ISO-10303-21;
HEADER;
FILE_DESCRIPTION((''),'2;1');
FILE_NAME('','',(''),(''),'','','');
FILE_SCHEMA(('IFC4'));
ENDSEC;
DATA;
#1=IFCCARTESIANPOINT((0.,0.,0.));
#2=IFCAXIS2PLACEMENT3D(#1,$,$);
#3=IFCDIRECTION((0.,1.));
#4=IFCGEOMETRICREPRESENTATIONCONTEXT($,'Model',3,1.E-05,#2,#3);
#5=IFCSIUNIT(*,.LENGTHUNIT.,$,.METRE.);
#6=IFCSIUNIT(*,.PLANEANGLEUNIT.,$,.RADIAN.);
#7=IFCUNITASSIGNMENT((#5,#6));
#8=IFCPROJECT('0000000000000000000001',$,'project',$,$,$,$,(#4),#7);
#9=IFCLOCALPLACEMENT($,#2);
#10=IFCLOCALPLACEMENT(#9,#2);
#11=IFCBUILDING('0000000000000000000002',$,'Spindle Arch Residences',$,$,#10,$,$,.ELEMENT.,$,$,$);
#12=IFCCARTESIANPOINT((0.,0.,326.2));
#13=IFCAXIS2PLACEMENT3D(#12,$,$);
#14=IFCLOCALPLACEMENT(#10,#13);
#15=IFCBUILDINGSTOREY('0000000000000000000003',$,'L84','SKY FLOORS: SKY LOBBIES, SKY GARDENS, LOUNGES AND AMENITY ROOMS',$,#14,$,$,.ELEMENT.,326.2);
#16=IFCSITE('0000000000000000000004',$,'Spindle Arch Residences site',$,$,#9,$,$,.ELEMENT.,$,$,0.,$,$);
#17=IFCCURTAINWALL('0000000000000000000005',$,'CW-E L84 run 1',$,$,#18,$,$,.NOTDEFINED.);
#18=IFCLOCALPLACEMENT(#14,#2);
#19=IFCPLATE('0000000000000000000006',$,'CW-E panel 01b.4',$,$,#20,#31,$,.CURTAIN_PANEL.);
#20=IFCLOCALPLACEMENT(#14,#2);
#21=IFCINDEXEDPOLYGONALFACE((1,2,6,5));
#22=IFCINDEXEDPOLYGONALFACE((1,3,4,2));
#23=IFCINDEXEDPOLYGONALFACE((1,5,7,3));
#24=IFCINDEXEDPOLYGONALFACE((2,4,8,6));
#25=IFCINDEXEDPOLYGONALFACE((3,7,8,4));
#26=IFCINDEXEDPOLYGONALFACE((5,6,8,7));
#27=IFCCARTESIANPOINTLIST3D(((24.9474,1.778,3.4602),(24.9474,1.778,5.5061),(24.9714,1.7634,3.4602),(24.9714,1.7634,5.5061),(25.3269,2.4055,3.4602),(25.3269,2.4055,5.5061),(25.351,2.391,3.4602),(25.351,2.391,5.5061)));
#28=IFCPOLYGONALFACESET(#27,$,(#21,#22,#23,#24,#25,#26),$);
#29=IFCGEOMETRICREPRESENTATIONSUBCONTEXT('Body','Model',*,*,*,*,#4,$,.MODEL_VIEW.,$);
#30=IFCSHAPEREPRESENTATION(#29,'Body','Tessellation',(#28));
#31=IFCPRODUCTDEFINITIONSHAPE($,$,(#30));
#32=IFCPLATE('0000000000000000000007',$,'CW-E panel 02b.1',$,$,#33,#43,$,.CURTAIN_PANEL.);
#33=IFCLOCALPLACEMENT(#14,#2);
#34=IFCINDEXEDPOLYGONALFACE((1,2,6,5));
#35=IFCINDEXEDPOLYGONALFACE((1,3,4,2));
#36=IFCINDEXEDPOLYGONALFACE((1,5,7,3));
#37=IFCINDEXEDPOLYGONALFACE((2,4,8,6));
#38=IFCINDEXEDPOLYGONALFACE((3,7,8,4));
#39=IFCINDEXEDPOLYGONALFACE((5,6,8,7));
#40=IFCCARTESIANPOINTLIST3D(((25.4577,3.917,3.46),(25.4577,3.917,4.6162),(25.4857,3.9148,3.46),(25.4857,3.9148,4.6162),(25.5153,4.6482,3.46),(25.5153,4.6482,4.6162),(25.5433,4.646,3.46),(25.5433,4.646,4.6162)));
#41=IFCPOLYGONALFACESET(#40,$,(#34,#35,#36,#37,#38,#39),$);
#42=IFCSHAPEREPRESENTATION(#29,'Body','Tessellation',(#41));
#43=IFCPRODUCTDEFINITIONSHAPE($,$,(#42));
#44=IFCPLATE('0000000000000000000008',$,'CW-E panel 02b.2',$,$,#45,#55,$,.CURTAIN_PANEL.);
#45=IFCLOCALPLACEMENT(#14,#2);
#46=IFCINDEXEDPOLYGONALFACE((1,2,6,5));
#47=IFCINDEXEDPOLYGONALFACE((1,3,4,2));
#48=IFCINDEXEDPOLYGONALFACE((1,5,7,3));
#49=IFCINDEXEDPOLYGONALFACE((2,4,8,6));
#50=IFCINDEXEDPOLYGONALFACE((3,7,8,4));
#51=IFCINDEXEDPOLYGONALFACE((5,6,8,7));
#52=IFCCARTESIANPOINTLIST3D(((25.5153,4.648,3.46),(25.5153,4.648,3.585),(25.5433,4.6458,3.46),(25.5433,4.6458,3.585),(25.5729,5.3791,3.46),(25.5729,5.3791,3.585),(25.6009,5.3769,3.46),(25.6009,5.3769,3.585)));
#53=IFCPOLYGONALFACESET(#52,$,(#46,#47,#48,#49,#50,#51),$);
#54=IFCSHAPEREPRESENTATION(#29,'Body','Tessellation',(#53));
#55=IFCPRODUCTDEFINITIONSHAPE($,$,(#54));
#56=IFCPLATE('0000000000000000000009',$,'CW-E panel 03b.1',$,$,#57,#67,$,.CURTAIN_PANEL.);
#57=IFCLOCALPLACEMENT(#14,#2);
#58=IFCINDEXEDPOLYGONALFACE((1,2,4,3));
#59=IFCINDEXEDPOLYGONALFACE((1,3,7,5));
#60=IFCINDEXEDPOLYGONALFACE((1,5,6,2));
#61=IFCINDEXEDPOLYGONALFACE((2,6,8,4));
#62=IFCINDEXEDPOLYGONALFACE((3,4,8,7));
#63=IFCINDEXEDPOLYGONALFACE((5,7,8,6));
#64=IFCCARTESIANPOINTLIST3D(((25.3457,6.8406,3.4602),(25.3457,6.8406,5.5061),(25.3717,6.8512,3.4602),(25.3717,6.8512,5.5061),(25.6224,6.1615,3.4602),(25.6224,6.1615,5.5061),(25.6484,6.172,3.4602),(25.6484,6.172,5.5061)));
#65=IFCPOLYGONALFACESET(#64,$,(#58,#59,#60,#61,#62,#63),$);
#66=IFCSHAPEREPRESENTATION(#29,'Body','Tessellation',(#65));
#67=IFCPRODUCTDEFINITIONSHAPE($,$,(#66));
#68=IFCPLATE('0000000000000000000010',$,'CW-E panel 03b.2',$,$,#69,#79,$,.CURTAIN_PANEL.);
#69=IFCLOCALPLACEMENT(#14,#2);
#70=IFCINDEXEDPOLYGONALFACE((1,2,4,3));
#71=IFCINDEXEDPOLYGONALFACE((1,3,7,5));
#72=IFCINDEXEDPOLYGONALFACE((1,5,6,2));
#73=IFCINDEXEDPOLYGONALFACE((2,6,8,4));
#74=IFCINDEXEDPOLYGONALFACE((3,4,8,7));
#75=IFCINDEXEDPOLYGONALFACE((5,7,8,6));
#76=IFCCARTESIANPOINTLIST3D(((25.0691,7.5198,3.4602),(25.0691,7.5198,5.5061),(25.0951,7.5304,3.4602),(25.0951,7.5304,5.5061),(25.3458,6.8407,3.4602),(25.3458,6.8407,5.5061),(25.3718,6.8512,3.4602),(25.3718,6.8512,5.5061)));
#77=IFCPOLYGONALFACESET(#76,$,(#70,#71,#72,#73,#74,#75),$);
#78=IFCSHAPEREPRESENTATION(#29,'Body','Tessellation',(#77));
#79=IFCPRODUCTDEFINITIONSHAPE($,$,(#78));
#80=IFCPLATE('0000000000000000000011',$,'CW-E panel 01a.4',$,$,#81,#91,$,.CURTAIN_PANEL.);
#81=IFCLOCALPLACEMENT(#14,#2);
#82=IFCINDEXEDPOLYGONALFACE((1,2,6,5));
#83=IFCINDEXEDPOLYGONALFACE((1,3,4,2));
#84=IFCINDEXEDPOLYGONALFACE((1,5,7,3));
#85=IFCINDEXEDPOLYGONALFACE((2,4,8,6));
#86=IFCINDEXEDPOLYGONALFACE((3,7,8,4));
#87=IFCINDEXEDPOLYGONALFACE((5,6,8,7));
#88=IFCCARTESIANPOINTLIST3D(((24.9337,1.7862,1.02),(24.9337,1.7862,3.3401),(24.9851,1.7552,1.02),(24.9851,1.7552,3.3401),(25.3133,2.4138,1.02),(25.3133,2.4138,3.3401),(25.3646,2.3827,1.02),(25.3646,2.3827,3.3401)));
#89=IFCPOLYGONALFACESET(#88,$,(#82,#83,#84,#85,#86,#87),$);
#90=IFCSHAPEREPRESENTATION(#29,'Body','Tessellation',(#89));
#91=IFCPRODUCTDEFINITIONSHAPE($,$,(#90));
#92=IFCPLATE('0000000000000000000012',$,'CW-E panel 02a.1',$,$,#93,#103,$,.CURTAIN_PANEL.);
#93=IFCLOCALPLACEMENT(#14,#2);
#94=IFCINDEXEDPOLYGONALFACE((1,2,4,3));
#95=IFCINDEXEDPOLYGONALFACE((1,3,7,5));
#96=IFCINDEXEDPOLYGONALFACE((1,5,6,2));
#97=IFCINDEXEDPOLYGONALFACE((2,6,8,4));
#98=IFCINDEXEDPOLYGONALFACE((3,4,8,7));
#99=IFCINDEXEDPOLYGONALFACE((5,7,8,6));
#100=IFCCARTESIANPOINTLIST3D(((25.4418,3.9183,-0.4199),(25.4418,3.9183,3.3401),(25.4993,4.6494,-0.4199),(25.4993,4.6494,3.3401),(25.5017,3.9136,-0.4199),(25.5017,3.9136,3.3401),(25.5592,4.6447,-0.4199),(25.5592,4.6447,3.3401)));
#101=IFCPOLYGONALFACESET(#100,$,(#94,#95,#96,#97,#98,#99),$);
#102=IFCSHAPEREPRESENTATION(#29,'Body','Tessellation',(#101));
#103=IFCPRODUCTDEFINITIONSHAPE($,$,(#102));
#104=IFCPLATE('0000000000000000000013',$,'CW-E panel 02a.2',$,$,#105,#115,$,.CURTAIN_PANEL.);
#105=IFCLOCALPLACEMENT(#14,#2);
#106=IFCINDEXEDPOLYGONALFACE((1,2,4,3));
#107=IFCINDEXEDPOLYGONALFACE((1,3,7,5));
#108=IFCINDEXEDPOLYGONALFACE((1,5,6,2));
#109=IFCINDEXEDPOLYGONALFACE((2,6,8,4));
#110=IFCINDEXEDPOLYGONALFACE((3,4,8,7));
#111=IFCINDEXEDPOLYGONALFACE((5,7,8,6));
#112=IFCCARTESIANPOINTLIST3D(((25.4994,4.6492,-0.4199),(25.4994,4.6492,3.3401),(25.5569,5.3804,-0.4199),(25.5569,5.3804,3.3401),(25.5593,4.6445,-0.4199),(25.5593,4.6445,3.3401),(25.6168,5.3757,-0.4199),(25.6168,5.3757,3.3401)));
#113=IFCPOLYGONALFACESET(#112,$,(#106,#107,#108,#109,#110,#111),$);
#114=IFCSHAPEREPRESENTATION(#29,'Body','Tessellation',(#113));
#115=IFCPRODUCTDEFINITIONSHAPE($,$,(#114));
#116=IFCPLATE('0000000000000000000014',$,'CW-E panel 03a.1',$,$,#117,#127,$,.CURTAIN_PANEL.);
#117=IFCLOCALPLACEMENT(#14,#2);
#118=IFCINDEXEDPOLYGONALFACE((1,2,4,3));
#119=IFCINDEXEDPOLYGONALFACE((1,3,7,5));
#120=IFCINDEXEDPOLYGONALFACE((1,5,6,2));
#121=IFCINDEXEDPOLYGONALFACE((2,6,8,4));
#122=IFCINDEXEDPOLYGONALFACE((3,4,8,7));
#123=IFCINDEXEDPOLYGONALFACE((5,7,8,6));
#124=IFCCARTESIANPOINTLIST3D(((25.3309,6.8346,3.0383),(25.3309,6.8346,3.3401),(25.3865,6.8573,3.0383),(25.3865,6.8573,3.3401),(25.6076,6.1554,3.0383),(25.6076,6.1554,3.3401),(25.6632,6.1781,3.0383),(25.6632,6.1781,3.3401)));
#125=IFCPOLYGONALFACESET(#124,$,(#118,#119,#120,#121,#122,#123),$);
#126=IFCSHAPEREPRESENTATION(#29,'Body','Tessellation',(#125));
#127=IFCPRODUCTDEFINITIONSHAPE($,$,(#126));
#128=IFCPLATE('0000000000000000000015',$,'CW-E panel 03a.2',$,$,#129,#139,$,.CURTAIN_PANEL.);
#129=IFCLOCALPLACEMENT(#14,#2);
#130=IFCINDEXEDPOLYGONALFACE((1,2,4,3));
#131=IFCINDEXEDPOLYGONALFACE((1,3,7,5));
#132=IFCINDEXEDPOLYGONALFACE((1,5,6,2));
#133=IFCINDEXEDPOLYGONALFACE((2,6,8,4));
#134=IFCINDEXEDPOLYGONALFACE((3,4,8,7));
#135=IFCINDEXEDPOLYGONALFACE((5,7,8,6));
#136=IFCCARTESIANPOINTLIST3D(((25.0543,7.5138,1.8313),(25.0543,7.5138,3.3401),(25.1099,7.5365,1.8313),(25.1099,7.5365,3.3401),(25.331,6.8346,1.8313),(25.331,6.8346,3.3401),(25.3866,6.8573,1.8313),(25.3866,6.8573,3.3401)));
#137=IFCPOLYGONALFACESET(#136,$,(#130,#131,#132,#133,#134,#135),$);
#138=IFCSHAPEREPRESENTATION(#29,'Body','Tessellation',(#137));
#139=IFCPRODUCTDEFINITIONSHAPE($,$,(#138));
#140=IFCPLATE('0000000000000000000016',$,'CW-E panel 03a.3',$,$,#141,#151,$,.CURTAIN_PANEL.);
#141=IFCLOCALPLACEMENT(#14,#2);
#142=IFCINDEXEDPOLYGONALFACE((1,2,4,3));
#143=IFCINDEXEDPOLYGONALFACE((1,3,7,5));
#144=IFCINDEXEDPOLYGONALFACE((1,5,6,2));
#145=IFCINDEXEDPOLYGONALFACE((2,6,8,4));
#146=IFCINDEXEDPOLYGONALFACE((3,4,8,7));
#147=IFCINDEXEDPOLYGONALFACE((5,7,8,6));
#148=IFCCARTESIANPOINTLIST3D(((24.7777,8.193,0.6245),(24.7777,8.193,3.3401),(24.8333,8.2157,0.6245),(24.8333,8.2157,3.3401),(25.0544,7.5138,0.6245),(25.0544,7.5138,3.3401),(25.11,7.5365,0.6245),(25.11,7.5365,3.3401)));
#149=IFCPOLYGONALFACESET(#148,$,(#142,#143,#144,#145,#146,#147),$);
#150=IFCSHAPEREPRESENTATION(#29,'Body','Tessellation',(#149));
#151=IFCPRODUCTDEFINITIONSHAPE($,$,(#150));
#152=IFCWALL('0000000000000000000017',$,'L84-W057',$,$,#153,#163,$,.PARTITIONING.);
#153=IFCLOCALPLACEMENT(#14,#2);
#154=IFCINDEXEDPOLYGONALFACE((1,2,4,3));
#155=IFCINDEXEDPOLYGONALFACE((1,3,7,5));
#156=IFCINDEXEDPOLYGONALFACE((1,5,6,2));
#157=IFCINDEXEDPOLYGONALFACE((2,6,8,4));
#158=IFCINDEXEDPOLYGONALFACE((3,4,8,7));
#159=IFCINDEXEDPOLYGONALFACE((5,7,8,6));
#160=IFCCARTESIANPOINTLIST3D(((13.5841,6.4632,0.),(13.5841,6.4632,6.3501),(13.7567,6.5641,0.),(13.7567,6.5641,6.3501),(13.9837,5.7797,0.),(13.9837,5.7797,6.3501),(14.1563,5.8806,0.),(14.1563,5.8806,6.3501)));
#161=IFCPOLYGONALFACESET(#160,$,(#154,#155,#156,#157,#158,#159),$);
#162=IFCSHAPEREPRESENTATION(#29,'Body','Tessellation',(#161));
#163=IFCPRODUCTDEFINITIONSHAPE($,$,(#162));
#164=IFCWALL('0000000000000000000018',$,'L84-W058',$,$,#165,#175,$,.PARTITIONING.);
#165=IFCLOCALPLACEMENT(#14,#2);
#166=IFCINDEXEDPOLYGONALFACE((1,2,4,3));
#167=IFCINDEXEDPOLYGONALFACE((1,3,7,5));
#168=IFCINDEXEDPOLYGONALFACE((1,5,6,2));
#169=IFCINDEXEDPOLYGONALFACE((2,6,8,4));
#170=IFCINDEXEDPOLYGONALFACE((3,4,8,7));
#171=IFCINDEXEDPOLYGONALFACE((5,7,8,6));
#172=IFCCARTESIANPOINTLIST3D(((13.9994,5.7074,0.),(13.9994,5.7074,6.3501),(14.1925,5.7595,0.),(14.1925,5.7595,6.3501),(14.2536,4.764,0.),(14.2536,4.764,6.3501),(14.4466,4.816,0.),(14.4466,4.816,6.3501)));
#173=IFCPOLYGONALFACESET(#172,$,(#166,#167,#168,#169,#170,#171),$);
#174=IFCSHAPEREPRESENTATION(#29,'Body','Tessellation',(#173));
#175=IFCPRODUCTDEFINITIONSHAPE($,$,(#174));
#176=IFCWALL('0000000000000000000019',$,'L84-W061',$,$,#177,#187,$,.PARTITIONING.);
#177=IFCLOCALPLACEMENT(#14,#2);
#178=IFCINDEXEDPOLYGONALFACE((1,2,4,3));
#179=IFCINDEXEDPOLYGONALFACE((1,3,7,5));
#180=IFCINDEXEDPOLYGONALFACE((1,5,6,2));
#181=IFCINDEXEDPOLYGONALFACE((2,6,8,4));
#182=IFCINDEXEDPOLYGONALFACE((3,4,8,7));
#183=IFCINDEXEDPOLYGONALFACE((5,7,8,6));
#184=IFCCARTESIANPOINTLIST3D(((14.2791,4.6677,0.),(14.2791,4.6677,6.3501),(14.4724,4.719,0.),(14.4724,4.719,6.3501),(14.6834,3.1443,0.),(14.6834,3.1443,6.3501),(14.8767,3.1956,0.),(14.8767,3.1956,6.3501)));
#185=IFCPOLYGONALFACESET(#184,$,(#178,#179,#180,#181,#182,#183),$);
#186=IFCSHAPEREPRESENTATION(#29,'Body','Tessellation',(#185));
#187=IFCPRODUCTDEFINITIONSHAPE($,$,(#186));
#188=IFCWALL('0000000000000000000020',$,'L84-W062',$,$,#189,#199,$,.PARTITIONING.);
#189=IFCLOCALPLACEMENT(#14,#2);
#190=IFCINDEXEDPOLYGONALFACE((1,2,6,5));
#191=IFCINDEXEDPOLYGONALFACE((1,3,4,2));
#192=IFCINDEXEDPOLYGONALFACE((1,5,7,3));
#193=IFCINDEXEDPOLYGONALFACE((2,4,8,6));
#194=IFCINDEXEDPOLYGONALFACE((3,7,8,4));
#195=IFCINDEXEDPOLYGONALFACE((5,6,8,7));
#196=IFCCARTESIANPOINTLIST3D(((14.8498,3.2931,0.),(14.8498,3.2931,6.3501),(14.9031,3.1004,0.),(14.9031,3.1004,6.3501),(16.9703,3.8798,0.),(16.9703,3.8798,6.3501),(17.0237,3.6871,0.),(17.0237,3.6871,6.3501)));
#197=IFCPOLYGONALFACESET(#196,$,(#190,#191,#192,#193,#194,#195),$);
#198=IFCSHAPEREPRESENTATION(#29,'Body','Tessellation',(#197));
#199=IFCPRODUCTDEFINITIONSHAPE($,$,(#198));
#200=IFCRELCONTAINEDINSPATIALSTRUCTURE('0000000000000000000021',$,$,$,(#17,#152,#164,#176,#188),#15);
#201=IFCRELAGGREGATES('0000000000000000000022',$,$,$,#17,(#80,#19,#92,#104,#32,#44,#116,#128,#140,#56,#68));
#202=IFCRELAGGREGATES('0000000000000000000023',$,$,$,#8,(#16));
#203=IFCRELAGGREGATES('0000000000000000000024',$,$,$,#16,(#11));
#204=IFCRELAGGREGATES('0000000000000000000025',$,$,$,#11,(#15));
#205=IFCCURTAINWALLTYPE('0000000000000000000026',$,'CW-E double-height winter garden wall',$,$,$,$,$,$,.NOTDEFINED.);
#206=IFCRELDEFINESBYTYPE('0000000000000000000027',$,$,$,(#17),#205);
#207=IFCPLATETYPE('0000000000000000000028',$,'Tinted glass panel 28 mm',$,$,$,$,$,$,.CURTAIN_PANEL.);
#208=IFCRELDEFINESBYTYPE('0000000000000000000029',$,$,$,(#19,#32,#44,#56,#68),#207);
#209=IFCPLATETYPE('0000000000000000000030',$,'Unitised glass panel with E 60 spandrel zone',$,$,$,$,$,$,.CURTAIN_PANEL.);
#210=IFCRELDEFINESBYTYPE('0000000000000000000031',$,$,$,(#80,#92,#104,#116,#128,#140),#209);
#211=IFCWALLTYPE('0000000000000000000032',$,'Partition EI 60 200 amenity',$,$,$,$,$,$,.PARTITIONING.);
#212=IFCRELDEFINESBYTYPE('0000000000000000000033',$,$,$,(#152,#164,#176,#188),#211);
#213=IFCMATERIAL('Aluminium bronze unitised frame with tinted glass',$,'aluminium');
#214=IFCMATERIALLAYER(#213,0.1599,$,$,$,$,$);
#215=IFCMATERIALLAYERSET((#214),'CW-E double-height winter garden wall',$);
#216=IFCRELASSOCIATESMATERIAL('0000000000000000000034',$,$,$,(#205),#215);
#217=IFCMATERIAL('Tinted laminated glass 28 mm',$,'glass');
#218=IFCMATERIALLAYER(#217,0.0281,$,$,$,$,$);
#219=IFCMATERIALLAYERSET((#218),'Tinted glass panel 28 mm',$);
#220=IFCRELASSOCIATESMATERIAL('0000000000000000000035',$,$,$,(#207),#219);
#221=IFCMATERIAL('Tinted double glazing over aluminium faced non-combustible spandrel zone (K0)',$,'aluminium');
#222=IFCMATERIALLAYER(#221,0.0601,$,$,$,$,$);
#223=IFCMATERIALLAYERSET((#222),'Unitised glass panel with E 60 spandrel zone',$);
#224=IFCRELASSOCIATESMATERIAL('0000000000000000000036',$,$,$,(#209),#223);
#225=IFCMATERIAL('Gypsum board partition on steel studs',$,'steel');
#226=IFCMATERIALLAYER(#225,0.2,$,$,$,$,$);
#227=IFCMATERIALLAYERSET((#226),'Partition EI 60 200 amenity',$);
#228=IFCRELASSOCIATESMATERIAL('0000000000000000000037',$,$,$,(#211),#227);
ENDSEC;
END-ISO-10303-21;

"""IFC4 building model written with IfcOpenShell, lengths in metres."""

from ifc_helpers import new_model, si_unit, direction, frame, frame_2d, origin, origin_2d, place, context, subcontext, project, spatial, rectangle, extrude, material, layer, layer_set, type_object, element, aggregate, save


model = new_model("IFC4")

# Units and contexts
model_context = context("Model", 3, precision=1e-05, world=origin(), true_north=direction((0.0, 1.0)))
body_context = subcontext(model_context, "Body", "Model", "MODEL_VIEW")
ifc_project = project(units=[si_unit("LENGTHUNIT", "METRE"), si_unit("PLANEANGLEUNIT", "RADIAN")], contexts=[model_context])

# Site, building, storey
site_placement = place(None, origin())
site = spatial("IfcSite", under=ifc_project, at=site_placement, Name="Spindle Arch Residences site", CompositionType="ELEMENT", RefElevation=0.0)
building_placement = place(site_placement, origin())
building = spatial("IfcBuilding", under=site, at=building_placement, Name="Spindle Arch Residences", CompositionType="ELEMENT")
storey_placement = place(building_placement, frame((0.0, 0.0, 326.2)))
storey = spatial("IfcBuildingStorey", under=building, at=storey_placement, Name="L84", Description="SKY FLOORS: SKY LOBBIES, SKY GARDENS, LOUNGES AND AMENITY ROOMS", CompositionType="ELEMENT", Elevation=326.2)

# Curtain wall
ifc_material_1 = material(Name="Aluminium bronze unitised frame with tinted glass", Category="aluminium")
ifc_layer_1 = layer(ifc_material_1, 0.1599)
ifc_layer_set_1 = layer_set([ifc_layer_1], Name="CW-E double-height winter garden wall")
curtain_wall_type = type_object("IfcCurtainWallType", Name="CW-E double-height winter garden wall", PredefinedType="NOTDEFINED", material=ifc_layer_set_1)
curtain_wall_placement = place(storey_placement, origin())
curtain_wall = element("IfcCurtainWall", 1, at=curtain_wall_placement, inside=storey, type_object=curtain_wall_type, Name="CW-E L84 run 1", PredefinedType="NOTDEFINED")

# Plates
ifc_material_2 = material(Name="Tinted laminated glass 28 mm", Category="glass")
ifc_layer_2 = layer(ifc_material_2, 0.0281)
ifc_layer_set_2 = layer_set([ifc_layer_2], Name="Tinted glass panel 28 mm")
plate_type_1 = type_object("IfcPlateType", Name="Tinted glass panel 28 mm", PredefinedType="CURTAIN_PANEL", material=ifc_layer_set_2)
plate_1_placement = place(storey_placement, frame((25.1492, 2.0845, 3.4602), z_axis=(0.0, 0.0, 1.0), x_axis=(0.517529, 0.855665, 0.0)))
plate_1 = element("IfcPlate", 2, at=plate_1_placement, type_object=plate_type_1, Name="CW-E panel 01b.4", PredefinedType="CURTAIN_PANEL", context=body_context, shape_type="SweptSolid", body=[
    extrude(rectangle(XDim=0.7334, YDim=0.0281, at=origin_2d()), origin(), (0.0, 0.0, 1.0), 2.0459),
])
plate_2_placement = place(storey_placement, frame((25.5005, 4.2815, 3.46), z_axis=(0.0, 0.0, 1.0), x_axis=(0.078459, 0.996917, 0.0)))
plate_2 = element("IfcPlate", 3, at=plate_2_placement, type_object=plate_type_1, Name="CW-E panel 02b.1", PredefinedType="CURTAIN_PANEL", context=body_context, shape_type="SweptSolid", body=[
    extrude(rectangle(XDim=0.7334, YDim=0.0281, at=origin_2d()), origin(), (0.0, 0.0, 1.0), 1.1562),
])
plate_3_placement = place(storey_placement, frame((25.5581, 5.0125, 3.46), z_axis=(0.0, 0.0, 1.0), x_axis=(0.078459, 0.996917, 0.0)))
plate_3 = element("IfcPlate", 4, at=plate_3_placement, type_object=plate_type_1, Name="CW-E panel 02b.2", PredefinedType="CURTAIN_PANEL", context=body_context, shape_type="SweptSolid", body=[
    extrude(rectangle(XDim=0.7334, YDim=0.0281, at=origin_2d()), origin(), (0.0, 0.0, 1.0), 0.125),
])
plate_4_placement = place(storey_placement, frame((25.4971, 6.5063, 3.4602), z_axis=(0.0, 0.0, 1.0), x_axis=(-0.377302, 0.92609, 0.0)))
plate_4 = element("IfcPlate", 5, at=plate_4_placement, type_object=plate_type_1, Name="CW-E panel 03b.1", PredefinedType="CURTAIN_PANEL", context=body_context, shape_type="SweptSolid", body=[
    extrude(rectangle(XDim=0.7334, YDim=0.0281, at=origin_2d()), origin(), (0.0, 0.0, 1.0), 2.0459),
])
plate_5_placement = place(storey_placement, frame((25.2205, 7.1855, 3.4602), z_axis=(0.0, 0.0, 1.0), x_axis=(-0.377302, 0.92609, 0.0)))
plate_5 = element("IfcPlate", 6, at=plate_5_placement, type_object=plate_type_1, Name="CW-E panel 03b.2", PredefinedType="CURTAIN_PANEL", context=body_context, shape_type="SweptSolid", body=[
    extrude(rectangle(XDim=0.7334, YDim=0.0281, at=origin_2d()), origin(), (0.0, 0.0, 1.0), 2.0459),
])
ifc_material_3 = material(Name="Tinted double glazing over aluminium faced non-combustible spandrel zone (K0)", Category="aluminium")
ifc_layer_3 = layer(ifc_material_3, 0.0601)
ifc_layer_set_3 = layer_set([ifc_layer_3], Name="Unitised glass panel with E 60 spandrel zone")
plate_type_2 = type_object("IfcPlateType", Name="Unitised glass panel with E 60 spandrel zone", PredefinedType="CURTAIN_PANEL", material=ifc_layer_set_3)
plate_6_placement = place(storey_placement, frame((25.1492, 2.0845, 1.02), z_axis=(0.0, 0.0, 1.0), x_axis=(0.517529, 0.855665, 0.0)))
plate_6 = element("IfcPlate", 7, at=plate_6_placement, type_object=plate_type_2, Name="CW-E panel 01a.4", PredefinedType="CURTAIN_PANEL", context=body_context, shape_type="SweptSolid", body=[
    extrude(rectangle(XDim=0.7334, YDim=0.0601, at=origin_2d()), origin(), (0.0, 0.0, 1.0), 2.3201),
])
plate_7_placement = place(storey_placement, frame((25.5005, 4.2815, -0.4199), z_axis=(0.0, 0.0, 1.0), x_axis=(0.078459, 0.996917, 0.0)))
plate_7 = element("IfcPlate", 8, at=plate_7_placement, type_object=plate_type_2, Name="CW-E panel 02a.1", PredefinedType="CURTAIN_PANEL", context=body_context, shape_type="SweptSolid", body=[
    extrude(rectangle(XDim=0.7334, YDim=0.0601, at=origin_2d()), origin(), (0.0, 0.0, 1.0), 3.76),
])
plate_8_placement = place(storey_placement, frame((25.5581, 5.0125, -0.4199), z_axis=(0.0, 0.0, 1.0), x_axis=(0.078459, 0.996917, 0.0)))
plate_8 = element("IfcPlate", 9, at=plate_8_placement, type_object=plate_type_2, Name="CW-E panel 02a.2", PredefinedType="CURTAIN_PANEL", context=body_context, shape_type="SweptSolid", body=[
    extrude(rectangle(XDim=0.7334, YDim=0.0601, at=origin_2d()), origin(), (0.0, 0.0, 1.0), 3.76),
])
plate_9_placement = place(storey_placement, frame((25.4971, 6.5063, 3.0383), z_axis=(0.0, 0.0, 1.0), x_axis=(-0.377302, 0.92609, 0.0)))
plate_9 = element("IfcPlate", 10, at=plate_9_placement, type_object=plate_type_2, Name="CW-E panel 03a.1", PredefinedType="CURTAIN_PANEL", context=body_context, shape_type="SweptSolid", body=[
    extrude(rectangle(XDim=0.7334, YDim=0.0601, at=origin_2d()), origin(), (0.0, 0.0, 1.0), 0.3018),
])
plate_10_placement = place(storey_placement, frame((25.2205, 7.1855, 1.8313), z_axis=(0.0, 0.0, 1.0), x_axis=(-0.377302, 0.92609, 0.0)))
plate_10 = element("IfcPlate", 11, at=plate_10_placement, type_object=plate_type_2, Name="CW-E panel 03a.2", PredefinedType="CURTAIN_PANEL", context=body_context, shape_type="SweptSolid", body=[
    extrude(rectangle(XDim=0.7334, YDim=0.0601, at=origin_2d()), origin(), (0.0, 0.0, 1.0), 1.5088),
])
plate_11_placement = place(storey_placement, frame((24.9438, 7.8647, 0.6245), z_axis=(0.0, 0.0, 1.0), x_axis=(-0.377302, 0.92609, 0.0)))
plate_11 = element("IfcPlate", 12, at=plate_11_placement, type_object=plate_type_2, Name="CW-E panel 03a.3", PredefinedType="CURTAIN_PANEL", context=body_context, shape_type="SweptSolid", body=[
    extrude(rectangle(XDim=0.7334, YDim=0.0601, at=origin_2d()), origin(), (0.0, 0.0, 1.0), 2.7156),
])
aggregate(curtain_wall, [plate_6, plate_1, plate_7, plate_8, plate_2, plate_3, plate_9, plate_10, plate_11, plate_4, plate_5])

# Walls
ifc_material_4 = material(Name="Gypsum board partition on steel studs", Category="steel")
ifc_layer_4 = layer(ifc_material_4, 0.2)
ifc_layer_set_4 = layer_set([ifc_layer_4], Name="Partition EI 60 200 amenity")
wall_type = type_object("IfcWallType", Name="Partition EI 60 200 amenity", PredefinedType="PARTITIONING", material=ifc_layer_set_4)
wall_1_placement = place(storey_placement, frame((14.0701, 5.8301, 0.0), z_axis=(0.0, 0.0, 1.0), x_axis=(-0.504714, 0.863286, 0.0)))
element("IfcWall", 13, at=wall_1_placement, inside=storey, type_object=wall_type, Name="L84-W057", PredefinedType="PARTITIONING", context=body_context, shape_type="SweptSolid", body=[
    extrude(rectangle(XDim=0.7917, YDim=0.2, at=frame_2d((0.396, 0.0))), origin(), (0.0, 0.0, 1.0), 6.3501),
])
wall_2_placement = place(storey_placement, frame((14.3501, 4.79, 0.0), z_axis=(0.0, 0.0, 1.0), x_axis=(-0.260135, 0.965572, 0.0)))
element("IfcWall", 14, at=wall_2_placement, inside=storey, type_object=wall_type, Name="L84-W058", PredefinedType="PARTITIONING", context=body_context, shape_type="SweptSolid", body=[
    extrude(rectangle(XDim=0.9771, YDim=0.2, at=frame_2d((0.4885, 0.0))), origin(), (0.0, 0.0, 1.0), 6.3501),
])
wall_3_placement = place(storey_placement, frame((14.78, 3.1699, 0.0), z_axis=(0.0, 0.0, 1.0), x_axis=(-0.256506, 0.966543, 0.0)))
element("IfcWall", 15, at=wall_3_placement, inside=storey, type_object=wall_type, Name="L84-W061", PredefinedType="PARTITIONING", context=body_context, shape_type="SweptSolid", body=[
    extrude(rectangle(XDim=1.5762, YDim=0.2, at=frame_2d((0.7881, 0.0))), origin(), (0.0, 0.0, 1.0), 6.3501),
])
wall_4_placement = place(storey_placement, frame((14.8765, 3.1968, 0.0), z_axis=(0.0, 0.0, 1.0), x_axis=(0.963797, 0.266636, 0.0)))
element("IfcWall", 16, at=wall_4_placement, inside=storey, type_object=wall_type, Name="L84-W062", PredefinedType="PARTITIONING", context=body_context, shape_type="SweptSolid", body=[
    extrude(rectangle(XDim=2.2002, YDim=0.2, at=frame_2d((1.1001, 0.0))), origin(), (0.0, 0.0, 1.0), 6.3501),
])

save(model, "model.ifc")
